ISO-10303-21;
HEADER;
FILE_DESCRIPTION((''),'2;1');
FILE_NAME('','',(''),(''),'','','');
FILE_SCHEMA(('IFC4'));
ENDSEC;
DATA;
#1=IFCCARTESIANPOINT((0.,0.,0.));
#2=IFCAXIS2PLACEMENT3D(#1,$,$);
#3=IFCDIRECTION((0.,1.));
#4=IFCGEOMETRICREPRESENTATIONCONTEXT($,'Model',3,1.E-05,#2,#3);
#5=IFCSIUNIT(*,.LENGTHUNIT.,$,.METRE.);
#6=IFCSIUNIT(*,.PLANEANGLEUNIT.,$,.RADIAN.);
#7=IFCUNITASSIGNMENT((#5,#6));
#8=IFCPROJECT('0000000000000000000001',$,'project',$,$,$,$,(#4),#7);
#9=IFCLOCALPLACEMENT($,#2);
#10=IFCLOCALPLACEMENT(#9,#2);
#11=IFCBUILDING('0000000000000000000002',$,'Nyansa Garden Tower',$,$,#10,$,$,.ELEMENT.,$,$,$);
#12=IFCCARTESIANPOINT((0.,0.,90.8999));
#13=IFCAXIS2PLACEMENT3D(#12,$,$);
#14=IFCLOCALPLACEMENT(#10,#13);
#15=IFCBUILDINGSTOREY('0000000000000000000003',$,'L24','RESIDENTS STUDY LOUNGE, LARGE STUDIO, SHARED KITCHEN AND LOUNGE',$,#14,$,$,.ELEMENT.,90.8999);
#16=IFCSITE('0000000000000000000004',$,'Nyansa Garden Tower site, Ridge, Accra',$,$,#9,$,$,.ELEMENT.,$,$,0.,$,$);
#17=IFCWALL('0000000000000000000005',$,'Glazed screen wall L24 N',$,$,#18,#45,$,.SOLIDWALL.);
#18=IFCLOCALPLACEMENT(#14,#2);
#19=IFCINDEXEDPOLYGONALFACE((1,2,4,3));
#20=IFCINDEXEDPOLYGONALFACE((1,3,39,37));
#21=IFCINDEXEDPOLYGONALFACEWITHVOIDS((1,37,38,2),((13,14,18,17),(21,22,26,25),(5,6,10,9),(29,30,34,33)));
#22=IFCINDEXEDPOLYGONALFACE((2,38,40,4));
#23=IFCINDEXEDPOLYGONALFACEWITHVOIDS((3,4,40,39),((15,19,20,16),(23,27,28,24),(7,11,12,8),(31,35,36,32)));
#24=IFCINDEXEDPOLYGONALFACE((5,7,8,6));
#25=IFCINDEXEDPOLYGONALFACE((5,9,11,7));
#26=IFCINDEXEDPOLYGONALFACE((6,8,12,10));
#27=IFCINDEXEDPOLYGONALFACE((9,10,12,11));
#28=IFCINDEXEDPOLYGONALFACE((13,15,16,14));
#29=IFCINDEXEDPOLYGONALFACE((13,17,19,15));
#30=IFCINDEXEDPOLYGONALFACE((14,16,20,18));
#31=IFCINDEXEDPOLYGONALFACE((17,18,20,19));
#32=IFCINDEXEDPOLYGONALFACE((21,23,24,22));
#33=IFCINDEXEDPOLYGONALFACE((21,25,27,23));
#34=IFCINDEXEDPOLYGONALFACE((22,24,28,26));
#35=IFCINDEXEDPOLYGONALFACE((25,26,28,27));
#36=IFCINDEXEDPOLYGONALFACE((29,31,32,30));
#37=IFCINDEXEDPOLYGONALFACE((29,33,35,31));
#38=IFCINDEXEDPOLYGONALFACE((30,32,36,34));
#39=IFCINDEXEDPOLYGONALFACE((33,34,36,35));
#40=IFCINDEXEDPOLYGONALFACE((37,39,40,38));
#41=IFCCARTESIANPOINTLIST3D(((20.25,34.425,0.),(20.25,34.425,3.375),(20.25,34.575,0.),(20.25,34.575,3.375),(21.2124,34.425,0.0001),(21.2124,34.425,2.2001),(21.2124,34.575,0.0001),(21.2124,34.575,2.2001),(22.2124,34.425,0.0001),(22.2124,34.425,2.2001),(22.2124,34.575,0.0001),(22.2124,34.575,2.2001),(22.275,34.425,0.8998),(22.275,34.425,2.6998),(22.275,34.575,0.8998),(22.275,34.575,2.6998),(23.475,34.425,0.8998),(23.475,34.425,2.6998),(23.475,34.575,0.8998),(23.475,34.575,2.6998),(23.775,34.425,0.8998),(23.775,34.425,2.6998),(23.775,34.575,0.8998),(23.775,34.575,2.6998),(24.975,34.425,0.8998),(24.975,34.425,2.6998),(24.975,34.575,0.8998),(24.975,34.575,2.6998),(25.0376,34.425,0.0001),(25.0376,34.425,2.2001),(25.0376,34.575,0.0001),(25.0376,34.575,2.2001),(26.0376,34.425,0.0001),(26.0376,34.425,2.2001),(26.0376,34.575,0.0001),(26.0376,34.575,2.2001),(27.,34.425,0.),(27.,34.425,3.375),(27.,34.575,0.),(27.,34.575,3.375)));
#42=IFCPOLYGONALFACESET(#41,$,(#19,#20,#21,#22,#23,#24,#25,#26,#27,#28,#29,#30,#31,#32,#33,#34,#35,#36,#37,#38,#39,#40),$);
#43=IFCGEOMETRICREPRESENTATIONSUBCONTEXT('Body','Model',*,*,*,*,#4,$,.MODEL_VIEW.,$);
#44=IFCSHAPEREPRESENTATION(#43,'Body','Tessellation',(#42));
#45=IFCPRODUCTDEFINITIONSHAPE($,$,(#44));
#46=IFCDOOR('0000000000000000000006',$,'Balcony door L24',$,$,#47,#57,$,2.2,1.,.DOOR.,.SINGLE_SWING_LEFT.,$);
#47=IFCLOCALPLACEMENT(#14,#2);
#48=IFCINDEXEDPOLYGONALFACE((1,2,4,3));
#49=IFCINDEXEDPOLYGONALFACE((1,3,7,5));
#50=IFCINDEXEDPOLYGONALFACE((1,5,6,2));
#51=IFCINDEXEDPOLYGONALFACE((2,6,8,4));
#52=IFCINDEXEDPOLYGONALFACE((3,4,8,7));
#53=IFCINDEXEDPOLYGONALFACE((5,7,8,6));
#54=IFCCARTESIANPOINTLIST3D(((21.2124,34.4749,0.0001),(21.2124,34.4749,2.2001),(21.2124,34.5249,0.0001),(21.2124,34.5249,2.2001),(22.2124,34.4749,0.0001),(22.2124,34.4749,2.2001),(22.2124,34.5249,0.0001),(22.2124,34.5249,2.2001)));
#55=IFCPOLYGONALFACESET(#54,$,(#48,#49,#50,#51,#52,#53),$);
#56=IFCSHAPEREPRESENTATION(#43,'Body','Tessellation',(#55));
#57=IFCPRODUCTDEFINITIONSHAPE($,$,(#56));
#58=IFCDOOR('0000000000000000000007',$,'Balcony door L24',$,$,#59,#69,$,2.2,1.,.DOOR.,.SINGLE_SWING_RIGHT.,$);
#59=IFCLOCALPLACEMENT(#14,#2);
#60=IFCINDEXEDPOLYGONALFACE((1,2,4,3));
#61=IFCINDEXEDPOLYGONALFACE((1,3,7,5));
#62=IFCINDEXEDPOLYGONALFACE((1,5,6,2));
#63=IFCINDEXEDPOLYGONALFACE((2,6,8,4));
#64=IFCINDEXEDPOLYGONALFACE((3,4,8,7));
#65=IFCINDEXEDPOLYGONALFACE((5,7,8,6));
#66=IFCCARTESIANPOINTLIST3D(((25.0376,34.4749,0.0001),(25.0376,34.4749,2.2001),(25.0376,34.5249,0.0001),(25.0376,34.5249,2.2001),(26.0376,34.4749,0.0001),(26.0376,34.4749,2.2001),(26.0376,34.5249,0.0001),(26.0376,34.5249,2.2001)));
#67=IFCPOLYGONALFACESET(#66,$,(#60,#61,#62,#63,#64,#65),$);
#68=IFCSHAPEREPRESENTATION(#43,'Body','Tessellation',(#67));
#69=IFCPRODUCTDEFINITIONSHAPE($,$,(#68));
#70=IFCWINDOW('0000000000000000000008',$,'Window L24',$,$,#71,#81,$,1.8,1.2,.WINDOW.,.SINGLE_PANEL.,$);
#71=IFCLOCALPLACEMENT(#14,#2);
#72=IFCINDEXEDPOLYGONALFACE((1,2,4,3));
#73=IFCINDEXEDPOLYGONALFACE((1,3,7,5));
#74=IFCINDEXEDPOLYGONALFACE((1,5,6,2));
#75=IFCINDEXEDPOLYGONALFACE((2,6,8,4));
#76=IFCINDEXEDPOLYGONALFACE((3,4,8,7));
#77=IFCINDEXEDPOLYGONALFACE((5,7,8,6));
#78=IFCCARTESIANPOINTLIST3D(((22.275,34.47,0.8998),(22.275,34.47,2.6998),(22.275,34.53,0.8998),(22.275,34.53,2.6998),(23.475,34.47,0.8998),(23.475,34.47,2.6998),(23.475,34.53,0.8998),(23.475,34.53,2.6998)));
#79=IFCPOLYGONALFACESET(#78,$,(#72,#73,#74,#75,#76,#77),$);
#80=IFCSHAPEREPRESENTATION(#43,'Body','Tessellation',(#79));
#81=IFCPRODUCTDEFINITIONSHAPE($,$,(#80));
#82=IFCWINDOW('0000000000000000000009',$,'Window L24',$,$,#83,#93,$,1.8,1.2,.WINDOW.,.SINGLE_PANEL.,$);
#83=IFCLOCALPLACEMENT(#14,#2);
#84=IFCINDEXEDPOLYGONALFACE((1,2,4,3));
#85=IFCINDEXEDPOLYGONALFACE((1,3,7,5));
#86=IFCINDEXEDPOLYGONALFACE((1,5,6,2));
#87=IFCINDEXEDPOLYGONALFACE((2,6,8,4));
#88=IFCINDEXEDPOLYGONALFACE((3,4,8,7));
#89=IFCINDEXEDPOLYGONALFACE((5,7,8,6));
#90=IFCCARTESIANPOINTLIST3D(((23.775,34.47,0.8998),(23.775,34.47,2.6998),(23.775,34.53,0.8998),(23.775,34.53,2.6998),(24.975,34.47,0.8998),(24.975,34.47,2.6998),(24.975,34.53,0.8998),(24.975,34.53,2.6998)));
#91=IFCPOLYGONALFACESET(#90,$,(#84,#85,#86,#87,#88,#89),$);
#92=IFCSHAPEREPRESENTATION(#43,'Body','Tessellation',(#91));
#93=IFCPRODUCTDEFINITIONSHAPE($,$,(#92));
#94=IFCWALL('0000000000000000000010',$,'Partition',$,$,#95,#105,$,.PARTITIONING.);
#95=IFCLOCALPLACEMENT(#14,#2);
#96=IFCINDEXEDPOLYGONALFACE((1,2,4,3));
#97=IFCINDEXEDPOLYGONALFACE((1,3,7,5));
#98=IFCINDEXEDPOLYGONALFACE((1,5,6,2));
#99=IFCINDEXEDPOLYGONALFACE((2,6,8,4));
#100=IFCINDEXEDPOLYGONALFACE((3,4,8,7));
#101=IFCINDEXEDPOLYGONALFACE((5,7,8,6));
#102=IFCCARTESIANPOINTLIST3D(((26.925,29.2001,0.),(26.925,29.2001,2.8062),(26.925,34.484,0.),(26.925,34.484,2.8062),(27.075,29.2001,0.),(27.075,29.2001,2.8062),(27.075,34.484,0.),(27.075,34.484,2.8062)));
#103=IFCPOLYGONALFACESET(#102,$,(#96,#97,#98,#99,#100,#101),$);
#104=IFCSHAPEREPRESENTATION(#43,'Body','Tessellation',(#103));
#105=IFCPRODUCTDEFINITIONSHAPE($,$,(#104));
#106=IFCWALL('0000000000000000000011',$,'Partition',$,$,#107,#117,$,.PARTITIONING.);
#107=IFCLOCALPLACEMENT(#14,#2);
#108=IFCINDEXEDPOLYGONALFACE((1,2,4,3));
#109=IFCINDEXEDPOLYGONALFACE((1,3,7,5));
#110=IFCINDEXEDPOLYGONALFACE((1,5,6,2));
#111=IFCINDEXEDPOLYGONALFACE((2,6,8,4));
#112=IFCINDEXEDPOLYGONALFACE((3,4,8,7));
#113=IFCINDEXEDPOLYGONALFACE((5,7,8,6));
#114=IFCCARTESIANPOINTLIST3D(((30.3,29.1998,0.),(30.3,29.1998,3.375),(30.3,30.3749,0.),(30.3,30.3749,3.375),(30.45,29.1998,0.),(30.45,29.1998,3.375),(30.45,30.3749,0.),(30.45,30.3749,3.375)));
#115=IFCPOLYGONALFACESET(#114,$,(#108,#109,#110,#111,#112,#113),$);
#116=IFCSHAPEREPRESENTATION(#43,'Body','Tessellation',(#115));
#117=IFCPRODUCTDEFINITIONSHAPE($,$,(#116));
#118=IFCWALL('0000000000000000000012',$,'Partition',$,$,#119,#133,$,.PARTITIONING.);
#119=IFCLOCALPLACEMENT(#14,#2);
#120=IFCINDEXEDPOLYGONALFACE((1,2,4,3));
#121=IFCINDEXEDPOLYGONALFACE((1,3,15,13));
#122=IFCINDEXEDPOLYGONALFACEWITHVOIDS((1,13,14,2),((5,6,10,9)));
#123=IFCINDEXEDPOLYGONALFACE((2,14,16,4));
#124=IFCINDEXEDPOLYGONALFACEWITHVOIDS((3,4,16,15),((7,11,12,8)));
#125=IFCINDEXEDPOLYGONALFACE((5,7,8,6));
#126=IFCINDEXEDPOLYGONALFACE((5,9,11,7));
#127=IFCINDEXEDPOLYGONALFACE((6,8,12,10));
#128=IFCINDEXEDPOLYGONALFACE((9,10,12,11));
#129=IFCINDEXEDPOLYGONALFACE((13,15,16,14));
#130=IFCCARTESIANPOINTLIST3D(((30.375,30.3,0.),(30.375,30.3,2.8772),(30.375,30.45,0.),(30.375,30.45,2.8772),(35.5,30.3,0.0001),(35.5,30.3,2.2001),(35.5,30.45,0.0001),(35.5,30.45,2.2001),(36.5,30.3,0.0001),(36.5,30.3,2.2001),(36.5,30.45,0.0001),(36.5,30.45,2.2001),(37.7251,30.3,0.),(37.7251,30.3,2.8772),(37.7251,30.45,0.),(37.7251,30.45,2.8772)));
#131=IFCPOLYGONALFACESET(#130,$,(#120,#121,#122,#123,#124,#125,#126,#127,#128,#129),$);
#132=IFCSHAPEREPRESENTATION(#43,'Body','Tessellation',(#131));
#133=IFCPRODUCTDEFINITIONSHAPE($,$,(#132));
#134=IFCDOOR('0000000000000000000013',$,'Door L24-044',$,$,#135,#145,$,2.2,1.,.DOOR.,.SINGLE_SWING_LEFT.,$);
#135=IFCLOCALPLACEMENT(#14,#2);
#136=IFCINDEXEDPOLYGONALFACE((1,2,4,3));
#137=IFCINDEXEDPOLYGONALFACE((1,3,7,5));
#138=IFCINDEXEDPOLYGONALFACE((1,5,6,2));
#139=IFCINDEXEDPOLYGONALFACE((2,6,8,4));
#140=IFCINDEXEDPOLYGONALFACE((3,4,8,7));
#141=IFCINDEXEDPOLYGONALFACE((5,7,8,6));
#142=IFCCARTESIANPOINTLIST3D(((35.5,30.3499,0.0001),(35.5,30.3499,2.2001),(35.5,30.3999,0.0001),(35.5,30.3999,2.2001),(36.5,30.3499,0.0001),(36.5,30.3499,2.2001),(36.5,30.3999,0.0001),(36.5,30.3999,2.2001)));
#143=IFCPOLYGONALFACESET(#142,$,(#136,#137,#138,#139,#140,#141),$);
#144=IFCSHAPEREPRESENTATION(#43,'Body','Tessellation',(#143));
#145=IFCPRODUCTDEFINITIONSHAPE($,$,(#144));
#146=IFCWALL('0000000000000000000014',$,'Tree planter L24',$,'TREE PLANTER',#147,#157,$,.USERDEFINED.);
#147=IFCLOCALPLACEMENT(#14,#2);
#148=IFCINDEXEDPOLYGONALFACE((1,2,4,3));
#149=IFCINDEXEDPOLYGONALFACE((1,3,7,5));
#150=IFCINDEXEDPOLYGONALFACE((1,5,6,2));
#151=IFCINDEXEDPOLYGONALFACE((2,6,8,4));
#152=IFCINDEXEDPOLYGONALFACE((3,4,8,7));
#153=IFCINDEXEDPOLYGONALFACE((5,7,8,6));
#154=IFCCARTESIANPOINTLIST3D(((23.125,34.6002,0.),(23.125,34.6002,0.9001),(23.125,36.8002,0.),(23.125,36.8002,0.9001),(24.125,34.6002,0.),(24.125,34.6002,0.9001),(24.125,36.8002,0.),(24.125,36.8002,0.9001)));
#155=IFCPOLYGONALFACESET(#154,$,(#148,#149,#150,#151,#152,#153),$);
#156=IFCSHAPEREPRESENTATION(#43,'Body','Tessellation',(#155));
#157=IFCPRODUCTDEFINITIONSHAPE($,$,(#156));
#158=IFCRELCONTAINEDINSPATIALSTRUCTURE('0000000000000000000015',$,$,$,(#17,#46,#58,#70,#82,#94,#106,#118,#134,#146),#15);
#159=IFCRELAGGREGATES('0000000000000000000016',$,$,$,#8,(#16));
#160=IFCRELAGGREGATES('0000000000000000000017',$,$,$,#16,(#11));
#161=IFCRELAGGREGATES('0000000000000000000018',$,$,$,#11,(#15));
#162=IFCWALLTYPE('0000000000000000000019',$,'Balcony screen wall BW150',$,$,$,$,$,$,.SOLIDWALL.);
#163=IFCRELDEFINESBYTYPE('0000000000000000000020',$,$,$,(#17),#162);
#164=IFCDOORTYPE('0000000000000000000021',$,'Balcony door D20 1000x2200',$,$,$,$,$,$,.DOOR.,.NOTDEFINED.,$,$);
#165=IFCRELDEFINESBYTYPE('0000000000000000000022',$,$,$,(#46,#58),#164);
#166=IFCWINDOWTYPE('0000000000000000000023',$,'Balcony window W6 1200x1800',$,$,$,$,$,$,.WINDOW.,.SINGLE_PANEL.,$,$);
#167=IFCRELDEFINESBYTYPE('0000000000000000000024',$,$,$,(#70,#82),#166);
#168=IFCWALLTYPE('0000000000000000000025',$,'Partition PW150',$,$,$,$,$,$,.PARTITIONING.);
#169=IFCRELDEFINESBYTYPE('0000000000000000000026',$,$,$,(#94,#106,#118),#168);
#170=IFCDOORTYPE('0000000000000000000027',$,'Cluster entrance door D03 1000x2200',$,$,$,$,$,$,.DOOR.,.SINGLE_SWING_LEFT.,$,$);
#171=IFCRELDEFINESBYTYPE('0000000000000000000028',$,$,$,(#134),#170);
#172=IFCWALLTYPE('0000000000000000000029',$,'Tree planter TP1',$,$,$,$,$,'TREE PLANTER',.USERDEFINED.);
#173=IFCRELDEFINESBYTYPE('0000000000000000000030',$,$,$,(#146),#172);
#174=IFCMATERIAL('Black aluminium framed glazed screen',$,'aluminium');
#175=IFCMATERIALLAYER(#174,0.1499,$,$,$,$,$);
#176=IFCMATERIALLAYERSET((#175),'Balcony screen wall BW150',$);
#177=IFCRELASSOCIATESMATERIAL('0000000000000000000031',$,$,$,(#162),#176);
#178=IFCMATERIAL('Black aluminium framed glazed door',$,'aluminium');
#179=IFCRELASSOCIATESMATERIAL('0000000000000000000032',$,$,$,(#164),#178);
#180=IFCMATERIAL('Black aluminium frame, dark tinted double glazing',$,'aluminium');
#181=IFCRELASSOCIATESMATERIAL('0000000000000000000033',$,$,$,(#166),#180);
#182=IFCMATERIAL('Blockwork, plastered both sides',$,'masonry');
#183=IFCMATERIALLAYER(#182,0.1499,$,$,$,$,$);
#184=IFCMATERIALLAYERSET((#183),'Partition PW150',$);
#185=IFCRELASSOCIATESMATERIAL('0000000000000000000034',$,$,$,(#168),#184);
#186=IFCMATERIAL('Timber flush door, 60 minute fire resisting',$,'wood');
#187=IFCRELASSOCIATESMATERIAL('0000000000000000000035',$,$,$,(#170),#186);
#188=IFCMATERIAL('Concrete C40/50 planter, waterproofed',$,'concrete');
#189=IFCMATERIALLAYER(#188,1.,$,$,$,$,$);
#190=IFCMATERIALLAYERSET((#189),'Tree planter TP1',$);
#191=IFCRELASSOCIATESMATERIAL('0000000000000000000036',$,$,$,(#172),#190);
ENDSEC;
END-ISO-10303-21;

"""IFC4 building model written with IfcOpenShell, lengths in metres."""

from ifc_helpers import new_model, si_unit, direction, frame, frame_2d, origin, place, context, subcontext, project, spatial, rectangle, extrude, material, layer, layer_set, type_object, element, fill, save


model = new_model("IFC4")

# Units and contexts
model_context = context("Model", 3, precision=1e-05, world=origin(), true_north=direction((0.0, 1.0)))
body_context = subcontext(model_context, "Body", "Model", "MODEL_VIEW")
ifc_project = project(units=[si_unit("LENGTHUNIT", "METRE"), si_unit("PLANEANGLEUNIT", "RADIAN")], contexts=[model_context])

# Site, building, storey
site_placement = place(None, origin())
site = spatial("IfcSite", under=ifc_project, at=site_placement, Name="Nyansa Garden Tower site, Ridge, Accra", CompositionType="ELEMENT", RefElevation=0.0)
building_placement = place(site_placement, origin())
building = spatial("IfcBuilding", under=site, at=building_placement, Name="Nyansa Garden Tower", CompositionType="ELEMENT")
storey_placement = place(building_placement, frame((0.0, 0.0, 90.8999)))
storey = spatial("IfcBuildingStorey", under=building, at=storey_placement, Name="L24", Description="RESIDENTS STUDY LOUNGE, LARGE STUDIO, SHARED KITCHEN AND LOUNGE", CompositionType="ELEMENT", Elevation=90.8999)

# Wall, openings, doors, windows
ifc_material_1 = material(Name="Black aluminium framed glazed screen", Category="aluminium")
ifc_layer_1 = layer(ifc_material_1, 0.1499)
ifc_layer_set_1 = layer_set([ifc_layer_1], Name="Balcony screen wall BW150")
wall_type_1 = type_object("IfcWallType", Name="Balcony screen wall BW150", PredefinedType="SOLIDWALL", material=ifc_layer_set_1)
wall_1_placement = place(storey_placement, frame((20.25, 34.5, 0.0), z_axis=(0.0, 0.0, 1.0), x_axis=(1.0, 0.0, 0.0)))
wall_1 = element("IfcWall", 1, at=wall_1_placement, inside=storey, type_object=wall_type_1, Name="Glazed screen wall L24 N", PredefinedType="SOLIDWALL", context=body_context, shape_type="SweptSolid", body=[
    extrude(rectangle(XDim=6.75, YDim=0.1499, at=frame_2d((3.375, 0.0))), origin(), (0.0, 0.0, 1.0), 3.375),
])
opening_1_placement = place(wall_1_placement, frame((0.9624, 0.0, 0.0)))
opening_1 = element("IfcOpeningElement", 2, at=opening_1_placement, cuts=wall_1, PredefinedType="OPENING", context=body_context, shape_type="SweptSolid", body=[
    extrude(rectangle(XDim=1.0, YDim=2.2, at=frame_2d((0.5, 1.1001))), frame((0.0, 0.085, 0.0), z_axis=(0.0, -1.0, 0.0), x_axis=(1.0, 0.0, 0.0)), (0.0, 0.0, 1.0), 0.1699),
])
opening_2_placement = place(wall_1_placement, frame((2.0249, 0.0, 0.8999)))
opening_2 = element("IfcOpeningElement", 3, at=opening_2_placement, cuts=wall_1, PredefinedType="OPENING", context=body_context, shape_type="SweptSolid", body=[
    extrude(rectangle(XDim=1.2, YDim=1.8, at=frame_2d((0.6001, 0.8999))), frame((0.0, 0.085, 0.0), z_axis=(0.0, -1.0, 0.0), x_axis=(1.0, 0.0, 0.0)), (0.0, 0.0, 1.0), 0.1699),
])
opening_3_placement = place(wall_1_placement, frame((4.7876, 0.0, 0.0)))
opening_3 = element("IfcOpeningElement", 4, at=opening_3_placement, cuts=wall_1, PredefinedType="OPENING", context=body_context, shape_type="SweptSolid", body=[
    extrude(rectangle(XDim=1.0, YDim=2.2, at=frame_2d((0.5, 1.1001))), frame((0.0, 0.085, 0.0), z_axis=(0.0, -1.0, 0.0), x_axis=(1.0, 0.0, 0.0)), (0.0, 0.0, 1.0), 0.1699),
])
opening_4_placement = place(wall_1_placement, frame((3.5249, 0.0, 0.8999)))
opening_4 = element("IfcOpeningElement", 5, at=opening_4_placement, cuts=wall_1, PredefinedType="OPENING", context=body_context, shape_type="SweptSolid", body=[
    extrude(rectangle(XDim=1.2, YDim=1.8, at=frame_2d((0.6001, 0.8999))), frame((0.0, 0.085, 0.0), z_axis=(0.0, -1.0, 0.0), x_axis=(1.0, 0.0, 0.0)), (0.0, 0.0, 1.0), 0.1699),
])
ifc_material_2 = material(Name="Black aluminium framed glazed door", Category="aluminium")
door_type_1 = type_object("IfcDoorType", Name="Balcony door D20 1000x2200", OperationType="NOTDEFINED", PredefinedType="DOOR", material=ifc_material_2)
door_1_placement = place(opening_1_placement, origin())
door_1 = element("IfcDoor", 6, at=door_1_placement, inside=storey, type_object=door_type_1, Name="Balcony door L24", OperationType="SINGLE_SWING_LEFT", OverallHeight=2.2, OverallWidth=1.0, PredefinedType="DOOR", context=body_context, shape_type="SweptSolid", body=[
    extrude(rectangle(XDim=1.0, YDim=2.2, at=frame_2d((0.5, 1.1001))), frame((0.0, 0.0249, 0.0), z_axis=(0.0, -1.0, 0.0), x_axis=(1.0, 0.0, 0.0)), (0.0, 0.0, 1.0), 0.05),
])
fill(opening_1, door_1)
door_2_placement = place(opening_3_placement, origin())
door_2 = element("IfcDoor", 7, at=door_2_placement, inside=storey, type_object=door_type_1, Name="Balcony door L24", OperationType="SINGLE_SWING_RIGHT", OverallHeight=2.2, OverallWidth=1.0, PredefinedType="DOOR", context=body_context, shape_type="SweptSolid", body=[
    extrude(rectangle(XDim=1.0, YDim=2.2, at=frame_2d((0.5, 1.1001))), frame((0.0, 0.0249, 0.0), z_axis=(0.0, -1.0, 0.0), x_axis=(1.0, 0.0, 0.0)), (0.0, 0.0, 1.0), 0.05),
])
fill(opening_3, door_2)
ifc_material_3 = material(Name="Black aluminium frame, dark tinted double glazing", Category="aluminium")
window_type = type_object("IfcWindowType", Name="Balcony window W6 1200x1800", PartitioningType="SINGLE_PANEL", PredefinedType="WINDOW", material=ifc_material_3)
window_1_placement = place(opening_2_placement, origin())
window_1 = element("IfcWindow", 8, at=window_1_placement, inside=storey, type_object=window_type, Name="Window L24", OverallHeight=1.8, OverallWidth=1.2, PartitioningType="SINGLE_PANEL", PredefinedType="WINDOW", context=body_context, shape_type="SweptSolid", body=[
    extrude(rectangle(XDim=1.2, YDim=1.8, at=frame_2d((0.6001, 0.8999))), frame((0.0, 0.03, 0.0), z_axis=(0.0, -1.0, 0.0), x_axis=(1.0, 0.0, 0.0)), (0.0, 0.0, 1.0), 0.0601),
])
fill(opening_2, window_1)
window_2_placement = place(opening_4_placement, origin())
window_2 = element("IfcWindow", 9, at=window_2_placement, inside=storey, type_object=window_type, Name="Window L24", OverallHeight=1.8, OverallWidth=1.2, PartitioningType="SINGLE_PANEL", PredefinedType="WINDOW", context=body_context, shape_type="SweptSolid", body=[
    extrude(rectangle(XDim=1.2, YDim=1.8, at=frame_2d((0.6001, 0.8999))), frame((0.0, 0.03, 0.0), z_axis=(0.0, -1.0, 0.0), x_axis=(1.0, 0.0, 0.0)), (0.0, 0.0, 1.0), 0.0601),
])
fill(opening_4, window_2)

# Walls
ifc_material_4 = material(Name="Blockwork, plastered both sides", Category="masonry")
ifc_layer_2 = layer(ifc_material_4, 0.1499)
ifc_layer_set_2 = layer_set([ifc_layer_2], Name="Partition PW150")
wall_type_2 = type_object("IfcWallType", Name="Partition PW150", PredefinedType="PARTITIONING", material=ifc_layer_set_2)
wall_2_placement = place(storey_placement, frame((27.0, 29.2, 0.0), z_axis=(0.0, 0.0, 1.0), x_axis=(0.0, 1.0, 0.0)))
element("IfcWall", 10, at=wall_2_placement, inside=storey, type_object=wall_type_2, Name="Partition", PredefinedType="PARTITIONING", context=body_context, shape_type="SweptSolid", body=[
    extrude(rectangle(XDim=5.2839, YDim=0.1499, at=frame_2d((2.6421, 0.0))), origin(), (0.0, 0.0, 1.0), 2.8062),
])
wall_3_placement = place(storey_placement, frame((30.375, 29.2, 0.0), z_axis=(0.0, 0.0, 1.0), x_axis=(0.0, 1.0, 0.0)))
element("IfcWall", 11, at=wall_3_placement, inside=storey, type_object=wall_type_2, Name="Partition", PredefinedType="PARTITIONING", context=body_context, shape_type="SweptSolid", body=[
    extrude(rectangle(XDim=1.175, YDim=0.1499, at=frame_2d((0.5874, 0.0))), origin(), (0.0, 0.0, 1.0), 3.375),
])

# Wall, opening, door
wall_4_placement = place(storey_placement, frame((30.375, 30.375, 0.0), z_axis=(0.0, 0.0, 1.0), x_axis=(1.0, 0.0, 0.0)))
wall_4 = element("IfcWall", 12, at=wall_4_placement, inside=storey, type_object=wall_type_2, Name="Partition", PredefinedType="PARTITIONING", context=body_context, shape_type="SweptSolid", body=[
    extrude(rectangle(XDim=7.3501, YDim=0.1499, at=frame_2d((3.675, 0.0))), origin(), (0.0, 0.0, 1.0), 2.8772),
])
opening_5_placement = place(wall_4_placement, frame((5.125, 0.0, 0.0)))
opening_5 = element("IfcOpeningElement", 13, at=opening_5_placement, cuts=wall_4, PredefinedType="OPENING", context=body_context, shape_type="SweptSolid", body=[
    extrude(rectangle(XDim=1.0, YDim=2.2, at=frame_2d((0.5, 1.1001))), frame((0.0, 0.085, 0.0), z_axis=(0.0, -1.0, 0.0), x_axis=(1.0, 0.0, 0.0)), (0.0, 0.0, 1.0), 0.1699),
])
ifc_material_5 = material(Name="Timber flush door, 60 minute fire resisting", Category="wood")
door_type_2 = type_object("IfcDoorType", Name="Cluster entrance door D03 1000x2200", OperationType="SINGLE_SWING_LEFT", PredefinedType="DOOR", material=ifc_material_5)
door_3_placement = place(opening_5_placement, origin())
door_3 = element("IfcDoor", 14, at=door_3_placement, inside=storey, type_object=door_type_2, Name="Door L24-044", OperationType="SINGLE_SWING_LEFT", OverallHeight=2.2, OverallWidth=1.0, PredefinedType="DOOR", context=body_context, shape_type="SweptSolid", body=[
    extrude(rectangle(XDim=1.0, YDim=2.2, at=frame_2d((0.5, 1.1001))), frame((0.0, 0.0249, 0.0), z_axis=(0.0, -1.0, 0.0), x_axis=(1.0, 0.0, 0.0)), (0.0, 0.0, 1.0), 0.05),
])
fill(opening_5, door_3)

# Wall
ifc_material_6 = material(Name="Concrete C40/50 planter, waterproofed", Category="concrete")
ifc_layer_3 = layer(ifc_material_6, 1.0)
ifc_layer_set_3 = layer_set([ifc_layer_3], Name="Tree planter TP1")
wall_type_3 = type_object("IfcWallType", Name="Tree planter TP1", ElementType="TREE PLANTER", PredefinedType="USERDEFINED", material=ifc_layer_set_3)
wall_5_placement = place(storey_placement, frame((23.625, 34.6001, 0.0), z_axis=(0.0, 0.0, 1.0), x_axis=(0.0, 1.0, 0.0)))
element("IfcWall", 15, at=wall_5_placement, inside=storey, type_object=wall_type_3, Name="Tree planter L24", ObjectType="TREE PLANTER", PredefinedType="USERDEFINED", context=body_context, shape_type="SweptSolid", body=[
    extrude(rectangle(XDim=2.2, YDim=1.0, at=frame_2d((1.1001, 0.0))), origin(), (0.0, 0.0, 1.0), 0.9001),
])

save(model, "model.ifc")
